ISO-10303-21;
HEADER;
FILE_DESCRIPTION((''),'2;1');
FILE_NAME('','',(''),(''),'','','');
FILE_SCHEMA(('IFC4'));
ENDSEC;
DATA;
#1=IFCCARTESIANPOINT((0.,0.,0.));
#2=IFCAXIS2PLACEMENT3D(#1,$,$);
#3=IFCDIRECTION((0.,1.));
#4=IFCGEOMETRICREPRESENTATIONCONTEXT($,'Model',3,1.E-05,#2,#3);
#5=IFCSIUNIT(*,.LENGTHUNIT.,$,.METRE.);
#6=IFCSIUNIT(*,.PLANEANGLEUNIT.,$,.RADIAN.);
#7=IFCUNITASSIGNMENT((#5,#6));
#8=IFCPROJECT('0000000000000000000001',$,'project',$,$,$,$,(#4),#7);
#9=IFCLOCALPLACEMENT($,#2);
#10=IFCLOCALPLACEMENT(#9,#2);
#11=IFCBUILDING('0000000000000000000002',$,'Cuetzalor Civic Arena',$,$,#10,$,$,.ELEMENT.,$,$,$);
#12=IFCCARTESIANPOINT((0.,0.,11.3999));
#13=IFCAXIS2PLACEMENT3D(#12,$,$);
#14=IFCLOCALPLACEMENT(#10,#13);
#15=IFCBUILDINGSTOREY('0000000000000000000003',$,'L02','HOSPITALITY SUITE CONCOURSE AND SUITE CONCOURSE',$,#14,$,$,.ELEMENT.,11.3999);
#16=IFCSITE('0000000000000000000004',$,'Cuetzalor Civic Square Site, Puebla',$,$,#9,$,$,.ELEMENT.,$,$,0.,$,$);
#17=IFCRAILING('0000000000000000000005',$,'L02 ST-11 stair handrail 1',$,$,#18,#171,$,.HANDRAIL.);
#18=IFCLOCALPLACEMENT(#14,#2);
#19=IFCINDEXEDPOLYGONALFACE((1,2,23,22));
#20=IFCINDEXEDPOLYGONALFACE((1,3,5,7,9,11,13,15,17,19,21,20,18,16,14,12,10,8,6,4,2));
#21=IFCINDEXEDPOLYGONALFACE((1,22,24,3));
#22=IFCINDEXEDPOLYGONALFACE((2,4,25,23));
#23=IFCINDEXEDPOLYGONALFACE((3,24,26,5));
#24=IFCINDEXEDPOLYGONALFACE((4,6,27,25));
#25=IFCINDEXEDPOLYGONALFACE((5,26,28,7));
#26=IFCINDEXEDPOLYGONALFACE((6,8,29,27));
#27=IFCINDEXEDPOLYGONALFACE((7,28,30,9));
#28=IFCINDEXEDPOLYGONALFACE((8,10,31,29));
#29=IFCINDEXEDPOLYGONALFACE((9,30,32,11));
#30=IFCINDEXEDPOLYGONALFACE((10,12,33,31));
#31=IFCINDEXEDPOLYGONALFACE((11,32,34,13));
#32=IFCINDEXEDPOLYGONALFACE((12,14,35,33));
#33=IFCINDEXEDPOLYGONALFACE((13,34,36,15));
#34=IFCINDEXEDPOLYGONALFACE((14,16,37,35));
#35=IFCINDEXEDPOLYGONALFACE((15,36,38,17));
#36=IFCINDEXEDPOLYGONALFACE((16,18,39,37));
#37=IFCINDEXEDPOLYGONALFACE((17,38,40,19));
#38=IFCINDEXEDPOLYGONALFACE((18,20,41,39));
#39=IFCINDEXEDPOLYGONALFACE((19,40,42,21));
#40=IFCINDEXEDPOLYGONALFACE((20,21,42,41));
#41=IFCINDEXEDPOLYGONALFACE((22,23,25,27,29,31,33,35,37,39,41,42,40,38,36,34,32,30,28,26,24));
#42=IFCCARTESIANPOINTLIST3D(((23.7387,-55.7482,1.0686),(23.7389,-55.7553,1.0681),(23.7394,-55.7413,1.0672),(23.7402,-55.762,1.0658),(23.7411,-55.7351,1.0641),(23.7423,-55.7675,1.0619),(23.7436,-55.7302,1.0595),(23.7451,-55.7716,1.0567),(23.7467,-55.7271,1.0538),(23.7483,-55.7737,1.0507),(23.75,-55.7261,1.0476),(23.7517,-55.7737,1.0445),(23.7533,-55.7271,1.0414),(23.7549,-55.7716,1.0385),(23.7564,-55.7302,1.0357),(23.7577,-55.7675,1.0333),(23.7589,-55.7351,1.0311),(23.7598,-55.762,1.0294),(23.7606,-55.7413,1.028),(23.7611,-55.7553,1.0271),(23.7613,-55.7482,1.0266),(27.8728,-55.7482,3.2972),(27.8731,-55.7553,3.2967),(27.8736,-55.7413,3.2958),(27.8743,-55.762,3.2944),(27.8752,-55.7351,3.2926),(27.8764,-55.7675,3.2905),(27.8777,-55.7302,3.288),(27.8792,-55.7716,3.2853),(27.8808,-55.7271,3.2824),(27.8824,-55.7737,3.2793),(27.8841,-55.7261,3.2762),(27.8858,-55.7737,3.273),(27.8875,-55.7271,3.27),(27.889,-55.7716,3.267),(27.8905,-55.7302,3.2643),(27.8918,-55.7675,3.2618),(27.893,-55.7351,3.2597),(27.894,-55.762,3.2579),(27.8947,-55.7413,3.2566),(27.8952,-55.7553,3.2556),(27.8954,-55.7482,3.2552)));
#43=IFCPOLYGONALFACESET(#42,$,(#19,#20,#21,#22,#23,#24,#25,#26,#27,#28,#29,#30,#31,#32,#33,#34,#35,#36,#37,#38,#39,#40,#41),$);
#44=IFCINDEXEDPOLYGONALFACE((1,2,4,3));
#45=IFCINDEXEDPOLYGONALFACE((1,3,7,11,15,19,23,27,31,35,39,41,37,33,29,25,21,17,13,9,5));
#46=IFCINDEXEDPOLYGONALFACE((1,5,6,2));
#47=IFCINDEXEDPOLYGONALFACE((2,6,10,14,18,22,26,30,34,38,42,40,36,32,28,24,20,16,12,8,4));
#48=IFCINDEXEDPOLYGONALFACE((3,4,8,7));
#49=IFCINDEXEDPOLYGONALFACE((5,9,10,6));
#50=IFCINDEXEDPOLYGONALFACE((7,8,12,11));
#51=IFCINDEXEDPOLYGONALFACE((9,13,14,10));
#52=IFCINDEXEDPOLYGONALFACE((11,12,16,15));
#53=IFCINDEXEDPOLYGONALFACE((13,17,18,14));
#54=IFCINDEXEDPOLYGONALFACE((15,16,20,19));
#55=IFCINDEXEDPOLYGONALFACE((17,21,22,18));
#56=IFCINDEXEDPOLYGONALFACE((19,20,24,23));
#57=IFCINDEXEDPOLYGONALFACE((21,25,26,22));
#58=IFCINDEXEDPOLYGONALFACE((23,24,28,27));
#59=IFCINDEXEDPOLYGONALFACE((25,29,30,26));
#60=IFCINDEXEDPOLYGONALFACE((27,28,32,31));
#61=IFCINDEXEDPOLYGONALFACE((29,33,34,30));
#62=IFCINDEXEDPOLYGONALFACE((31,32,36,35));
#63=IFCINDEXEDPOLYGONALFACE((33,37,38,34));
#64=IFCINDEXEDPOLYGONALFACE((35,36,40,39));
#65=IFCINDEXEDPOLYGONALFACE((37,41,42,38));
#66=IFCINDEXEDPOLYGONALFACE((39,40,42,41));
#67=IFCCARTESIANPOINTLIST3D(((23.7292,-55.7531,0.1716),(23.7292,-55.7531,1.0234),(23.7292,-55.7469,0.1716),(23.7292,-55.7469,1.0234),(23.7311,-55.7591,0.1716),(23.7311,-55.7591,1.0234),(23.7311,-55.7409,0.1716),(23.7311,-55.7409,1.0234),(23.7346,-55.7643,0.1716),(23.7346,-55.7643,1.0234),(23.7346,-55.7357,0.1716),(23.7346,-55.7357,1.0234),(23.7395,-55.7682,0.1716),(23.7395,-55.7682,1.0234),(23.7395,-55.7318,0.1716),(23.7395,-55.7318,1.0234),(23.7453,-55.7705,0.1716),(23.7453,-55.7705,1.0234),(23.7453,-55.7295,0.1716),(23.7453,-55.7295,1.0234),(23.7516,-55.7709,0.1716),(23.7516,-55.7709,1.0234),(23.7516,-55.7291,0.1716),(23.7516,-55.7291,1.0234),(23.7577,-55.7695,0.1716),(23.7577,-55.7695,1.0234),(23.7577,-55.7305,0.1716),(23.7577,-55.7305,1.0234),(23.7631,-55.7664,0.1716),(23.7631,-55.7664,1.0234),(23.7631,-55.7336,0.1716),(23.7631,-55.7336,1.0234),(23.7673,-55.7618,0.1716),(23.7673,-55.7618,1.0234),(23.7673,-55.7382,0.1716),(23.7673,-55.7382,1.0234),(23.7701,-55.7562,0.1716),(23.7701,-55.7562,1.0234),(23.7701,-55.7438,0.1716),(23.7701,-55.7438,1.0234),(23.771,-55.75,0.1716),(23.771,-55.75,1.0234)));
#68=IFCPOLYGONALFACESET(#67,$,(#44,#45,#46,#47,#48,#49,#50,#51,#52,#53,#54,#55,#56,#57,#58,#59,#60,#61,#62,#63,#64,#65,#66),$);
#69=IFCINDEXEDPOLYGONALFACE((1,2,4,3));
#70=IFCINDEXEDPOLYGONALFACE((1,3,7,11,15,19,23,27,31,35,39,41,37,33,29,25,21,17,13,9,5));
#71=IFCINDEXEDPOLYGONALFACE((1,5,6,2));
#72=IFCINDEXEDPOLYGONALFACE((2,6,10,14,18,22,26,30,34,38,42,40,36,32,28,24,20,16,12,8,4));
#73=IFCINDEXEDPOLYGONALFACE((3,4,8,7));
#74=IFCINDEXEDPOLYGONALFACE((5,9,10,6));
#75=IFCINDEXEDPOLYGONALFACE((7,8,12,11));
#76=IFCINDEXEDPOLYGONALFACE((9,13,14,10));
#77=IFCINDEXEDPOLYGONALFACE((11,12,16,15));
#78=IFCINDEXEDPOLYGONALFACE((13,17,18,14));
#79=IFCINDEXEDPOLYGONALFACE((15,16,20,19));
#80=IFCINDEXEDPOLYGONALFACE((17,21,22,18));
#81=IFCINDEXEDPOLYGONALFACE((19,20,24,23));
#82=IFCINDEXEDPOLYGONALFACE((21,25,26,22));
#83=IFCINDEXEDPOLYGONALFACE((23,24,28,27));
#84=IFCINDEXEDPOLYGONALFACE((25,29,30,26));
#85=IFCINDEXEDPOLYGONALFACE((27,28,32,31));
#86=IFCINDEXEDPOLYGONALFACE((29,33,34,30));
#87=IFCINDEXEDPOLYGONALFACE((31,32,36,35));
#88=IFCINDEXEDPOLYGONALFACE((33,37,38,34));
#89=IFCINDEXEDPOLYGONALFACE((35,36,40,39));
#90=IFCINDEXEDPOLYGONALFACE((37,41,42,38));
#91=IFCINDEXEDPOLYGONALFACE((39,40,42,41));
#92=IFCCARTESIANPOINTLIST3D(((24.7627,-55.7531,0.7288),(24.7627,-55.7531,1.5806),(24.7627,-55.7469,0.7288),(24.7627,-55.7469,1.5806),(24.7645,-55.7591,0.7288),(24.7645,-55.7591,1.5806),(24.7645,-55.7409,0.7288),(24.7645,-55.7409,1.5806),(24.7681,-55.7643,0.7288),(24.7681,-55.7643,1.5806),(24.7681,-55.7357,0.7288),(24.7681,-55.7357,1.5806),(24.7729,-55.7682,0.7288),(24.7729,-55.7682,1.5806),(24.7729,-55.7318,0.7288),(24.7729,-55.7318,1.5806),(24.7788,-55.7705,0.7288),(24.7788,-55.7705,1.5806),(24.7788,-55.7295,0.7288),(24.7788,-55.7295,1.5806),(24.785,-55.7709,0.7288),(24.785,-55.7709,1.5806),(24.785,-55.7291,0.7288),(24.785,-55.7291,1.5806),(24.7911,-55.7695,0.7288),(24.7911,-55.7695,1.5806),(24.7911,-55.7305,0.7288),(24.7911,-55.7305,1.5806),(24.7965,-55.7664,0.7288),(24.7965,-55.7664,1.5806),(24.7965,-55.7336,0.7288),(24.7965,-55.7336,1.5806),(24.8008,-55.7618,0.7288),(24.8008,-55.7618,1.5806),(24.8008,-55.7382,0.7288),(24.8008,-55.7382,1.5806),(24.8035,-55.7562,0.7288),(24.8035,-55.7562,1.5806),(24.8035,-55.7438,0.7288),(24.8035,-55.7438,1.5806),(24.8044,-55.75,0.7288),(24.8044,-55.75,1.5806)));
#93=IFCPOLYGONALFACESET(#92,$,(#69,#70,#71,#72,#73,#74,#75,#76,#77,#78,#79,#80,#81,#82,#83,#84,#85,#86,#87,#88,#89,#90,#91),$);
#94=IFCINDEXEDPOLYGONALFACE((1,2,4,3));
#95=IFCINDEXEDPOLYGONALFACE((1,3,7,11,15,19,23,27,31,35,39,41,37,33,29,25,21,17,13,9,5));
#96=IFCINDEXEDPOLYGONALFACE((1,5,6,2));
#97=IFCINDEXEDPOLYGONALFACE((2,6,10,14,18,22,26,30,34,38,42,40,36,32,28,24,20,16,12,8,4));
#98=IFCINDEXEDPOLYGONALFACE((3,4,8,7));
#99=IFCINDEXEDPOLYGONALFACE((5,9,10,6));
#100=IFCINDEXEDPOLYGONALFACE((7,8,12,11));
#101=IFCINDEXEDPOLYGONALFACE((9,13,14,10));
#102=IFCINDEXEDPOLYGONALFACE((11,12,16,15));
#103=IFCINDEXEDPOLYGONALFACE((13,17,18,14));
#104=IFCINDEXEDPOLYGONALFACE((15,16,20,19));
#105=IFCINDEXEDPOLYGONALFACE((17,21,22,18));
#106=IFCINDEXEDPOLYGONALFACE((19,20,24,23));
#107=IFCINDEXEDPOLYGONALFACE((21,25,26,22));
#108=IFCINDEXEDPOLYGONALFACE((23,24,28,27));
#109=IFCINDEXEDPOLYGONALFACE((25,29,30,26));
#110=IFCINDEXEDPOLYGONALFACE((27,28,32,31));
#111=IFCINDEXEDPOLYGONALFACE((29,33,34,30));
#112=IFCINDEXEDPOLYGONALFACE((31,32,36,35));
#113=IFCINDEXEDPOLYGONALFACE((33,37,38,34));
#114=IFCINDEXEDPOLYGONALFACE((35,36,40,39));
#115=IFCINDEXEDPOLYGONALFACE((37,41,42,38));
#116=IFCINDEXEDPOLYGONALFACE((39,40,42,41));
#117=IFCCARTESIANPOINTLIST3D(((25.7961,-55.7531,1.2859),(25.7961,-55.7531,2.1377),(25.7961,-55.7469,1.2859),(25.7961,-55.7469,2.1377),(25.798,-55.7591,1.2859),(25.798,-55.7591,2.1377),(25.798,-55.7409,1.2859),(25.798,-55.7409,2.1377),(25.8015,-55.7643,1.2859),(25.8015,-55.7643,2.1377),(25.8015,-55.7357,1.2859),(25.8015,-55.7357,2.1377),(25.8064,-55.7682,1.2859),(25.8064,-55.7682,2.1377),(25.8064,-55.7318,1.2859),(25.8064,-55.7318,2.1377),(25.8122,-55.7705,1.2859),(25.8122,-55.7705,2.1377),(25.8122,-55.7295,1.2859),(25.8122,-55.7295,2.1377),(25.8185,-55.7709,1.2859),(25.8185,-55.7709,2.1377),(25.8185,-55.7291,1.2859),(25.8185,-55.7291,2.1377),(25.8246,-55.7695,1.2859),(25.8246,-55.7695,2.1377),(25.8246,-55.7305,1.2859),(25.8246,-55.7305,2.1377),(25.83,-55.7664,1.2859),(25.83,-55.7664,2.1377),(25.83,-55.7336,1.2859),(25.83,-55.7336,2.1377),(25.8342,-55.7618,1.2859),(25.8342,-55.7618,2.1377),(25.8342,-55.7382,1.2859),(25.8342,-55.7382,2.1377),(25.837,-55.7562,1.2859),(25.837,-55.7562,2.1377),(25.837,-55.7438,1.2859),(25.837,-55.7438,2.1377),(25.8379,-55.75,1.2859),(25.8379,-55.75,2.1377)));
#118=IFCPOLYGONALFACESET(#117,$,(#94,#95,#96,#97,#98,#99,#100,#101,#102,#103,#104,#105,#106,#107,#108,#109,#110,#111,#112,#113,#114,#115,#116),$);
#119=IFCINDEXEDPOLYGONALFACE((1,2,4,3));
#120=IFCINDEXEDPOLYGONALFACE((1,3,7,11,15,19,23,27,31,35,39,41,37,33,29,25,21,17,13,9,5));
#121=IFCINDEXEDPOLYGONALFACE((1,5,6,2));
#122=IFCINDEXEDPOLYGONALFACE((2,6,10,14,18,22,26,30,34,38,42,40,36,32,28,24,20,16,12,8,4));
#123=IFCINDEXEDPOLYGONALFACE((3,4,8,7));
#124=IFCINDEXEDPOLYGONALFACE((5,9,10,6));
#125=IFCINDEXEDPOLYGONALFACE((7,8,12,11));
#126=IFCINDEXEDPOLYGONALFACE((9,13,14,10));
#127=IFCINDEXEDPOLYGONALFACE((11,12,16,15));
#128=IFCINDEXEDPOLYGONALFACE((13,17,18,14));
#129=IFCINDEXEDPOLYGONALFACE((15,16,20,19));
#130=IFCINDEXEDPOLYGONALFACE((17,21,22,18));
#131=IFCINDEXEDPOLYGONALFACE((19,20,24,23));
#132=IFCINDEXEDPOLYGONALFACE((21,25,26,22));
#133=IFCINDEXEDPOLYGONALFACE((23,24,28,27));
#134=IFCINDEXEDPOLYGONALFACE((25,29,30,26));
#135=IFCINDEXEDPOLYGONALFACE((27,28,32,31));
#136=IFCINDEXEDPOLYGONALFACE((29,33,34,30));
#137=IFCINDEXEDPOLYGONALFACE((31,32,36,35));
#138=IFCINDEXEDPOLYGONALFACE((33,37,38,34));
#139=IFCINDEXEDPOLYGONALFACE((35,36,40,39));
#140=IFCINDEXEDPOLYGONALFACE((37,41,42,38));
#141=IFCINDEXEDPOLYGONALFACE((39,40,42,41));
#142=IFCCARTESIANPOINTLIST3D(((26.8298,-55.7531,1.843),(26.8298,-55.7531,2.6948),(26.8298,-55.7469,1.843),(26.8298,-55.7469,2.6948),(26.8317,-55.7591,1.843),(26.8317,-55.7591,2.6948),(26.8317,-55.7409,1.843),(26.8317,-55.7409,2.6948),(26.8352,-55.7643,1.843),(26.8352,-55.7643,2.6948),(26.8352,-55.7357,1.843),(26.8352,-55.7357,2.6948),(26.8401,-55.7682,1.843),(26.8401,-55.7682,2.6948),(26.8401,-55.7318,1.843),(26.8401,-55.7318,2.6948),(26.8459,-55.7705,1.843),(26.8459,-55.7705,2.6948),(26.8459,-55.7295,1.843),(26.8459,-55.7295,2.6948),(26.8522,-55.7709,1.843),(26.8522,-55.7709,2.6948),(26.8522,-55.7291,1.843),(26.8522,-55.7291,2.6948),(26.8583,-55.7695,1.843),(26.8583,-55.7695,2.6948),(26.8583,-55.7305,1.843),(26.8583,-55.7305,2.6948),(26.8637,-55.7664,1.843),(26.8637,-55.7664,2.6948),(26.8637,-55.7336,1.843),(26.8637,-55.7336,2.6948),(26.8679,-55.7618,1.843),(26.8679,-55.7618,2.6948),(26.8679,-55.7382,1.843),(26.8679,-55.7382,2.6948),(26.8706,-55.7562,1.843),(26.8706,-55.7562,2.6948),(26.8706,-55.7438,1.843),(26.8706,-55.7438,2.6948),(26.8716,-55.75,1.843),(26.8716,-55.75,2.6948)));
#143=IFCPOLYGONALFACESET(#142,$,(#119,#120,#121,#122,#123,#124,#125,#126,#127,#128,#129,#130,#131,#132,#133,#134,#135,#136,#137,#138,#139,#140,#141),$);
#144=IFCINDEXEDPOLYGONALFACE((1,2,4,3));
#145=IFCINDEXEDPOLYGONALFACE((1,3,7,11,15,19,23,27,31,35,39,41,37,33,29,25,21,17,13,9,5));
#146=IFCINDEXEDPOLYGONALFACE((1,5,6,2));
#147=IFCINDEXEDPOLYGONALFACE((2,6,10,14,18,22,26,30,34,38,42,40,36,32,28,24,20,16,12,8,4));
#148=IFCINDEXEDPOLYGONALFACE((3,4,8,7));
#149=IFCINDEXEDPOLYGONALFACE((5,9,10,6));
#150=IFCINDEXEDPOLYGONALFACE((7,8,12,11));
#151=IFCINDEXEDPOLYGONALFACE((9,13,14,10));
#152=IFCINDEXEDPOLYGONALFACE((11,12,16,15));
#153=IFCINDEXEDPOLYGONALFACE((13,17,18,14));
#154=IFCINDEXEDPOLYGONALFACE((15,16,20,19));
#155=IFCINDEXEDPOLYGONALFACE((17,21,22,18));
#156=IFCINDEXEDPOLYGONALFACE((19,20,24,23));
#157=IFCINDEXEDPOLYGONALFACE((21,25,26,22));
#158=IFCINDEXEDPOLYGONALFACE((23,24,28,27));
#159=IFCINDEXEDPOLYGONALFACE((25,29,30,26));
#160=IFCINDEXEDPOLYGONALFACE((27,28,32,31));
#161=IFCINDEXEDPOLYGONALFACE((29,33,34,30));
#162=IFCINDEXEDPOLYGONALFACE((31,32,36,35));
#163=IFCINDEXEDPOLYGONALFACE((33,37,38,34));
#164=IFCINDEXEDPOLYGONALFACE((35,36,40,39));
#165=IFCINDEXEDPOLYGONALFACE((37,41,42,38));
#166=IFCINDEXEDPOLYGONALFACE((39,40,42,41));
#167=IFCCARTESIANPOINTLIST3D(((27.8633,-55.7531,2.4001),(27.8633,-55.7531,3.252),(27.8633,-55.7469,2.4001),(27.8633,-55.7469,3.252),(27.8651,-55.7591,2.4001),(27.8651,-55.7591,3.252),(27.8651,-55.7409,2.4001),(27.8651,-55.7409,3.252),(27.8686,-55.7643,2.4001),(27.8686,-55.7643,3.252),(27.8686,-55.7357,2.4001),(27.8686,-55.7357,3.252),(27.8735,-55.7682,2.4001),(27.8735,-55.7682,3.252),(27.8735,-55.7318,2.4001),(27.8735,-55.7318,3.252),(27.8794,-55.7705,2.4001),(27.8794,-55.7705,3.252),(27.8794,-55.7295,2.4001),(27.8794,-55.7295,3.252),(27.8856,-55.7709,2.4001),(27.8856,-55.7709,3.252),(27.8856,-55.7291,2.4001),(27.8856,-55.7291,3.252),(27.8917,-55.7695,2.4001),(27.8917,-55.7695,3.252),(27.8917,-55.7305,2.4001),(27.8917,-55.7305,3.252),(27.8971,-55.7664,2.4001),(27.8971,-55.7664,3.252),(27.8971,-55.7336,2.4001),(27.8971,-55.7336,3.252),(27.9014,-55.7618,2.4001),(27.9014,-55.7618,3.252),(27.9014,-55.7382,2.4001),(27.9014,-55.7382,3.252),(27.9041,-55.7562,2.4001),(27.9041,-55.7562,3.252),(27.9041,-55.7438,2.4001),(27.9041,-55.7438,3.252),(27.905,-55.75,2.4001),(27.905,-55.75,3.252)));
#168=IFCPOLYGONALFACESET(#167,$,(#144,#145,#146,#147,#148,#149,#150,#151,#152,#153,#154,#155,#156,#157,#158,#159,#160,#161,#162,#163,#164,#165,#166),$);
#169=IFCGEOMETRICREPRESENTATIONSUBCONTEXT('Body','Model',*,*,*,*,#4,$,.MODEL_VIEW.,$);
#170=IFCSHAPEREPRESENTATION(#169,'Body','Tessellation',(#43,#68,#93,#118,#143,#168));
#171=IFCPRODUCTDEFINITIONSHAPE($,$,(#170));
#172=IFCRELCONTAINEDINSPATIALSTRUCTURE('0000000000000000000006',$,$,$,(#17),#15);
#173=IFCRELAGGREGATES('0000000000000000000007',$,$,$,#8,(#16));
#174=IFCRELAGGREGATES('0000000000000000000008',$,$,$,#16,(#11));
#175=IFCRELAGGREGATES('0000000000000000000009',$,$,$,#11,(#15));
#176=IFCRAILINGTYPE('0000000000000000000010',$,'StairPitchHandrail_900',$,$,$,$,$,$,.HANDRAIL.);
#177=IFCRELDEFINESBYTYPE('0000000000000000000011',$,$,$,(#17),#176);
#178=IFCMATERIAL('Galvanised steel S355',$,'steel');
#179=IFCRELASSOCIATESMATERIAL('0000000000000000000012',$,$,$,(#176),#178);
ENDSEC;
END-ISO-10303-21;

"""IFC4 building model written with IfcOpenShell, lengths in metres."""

from ifc_helpers import new_model, si_unit, direction, frame, origin, origin_2d, place, context, subcontext, project, spatial, circle, extrude, material, type_object, element, save


model = new_model("IFC4")

# Units and contexts
model_context = context("Model", 3, precision=1e-05, world=origin(), true_north=direction((0.0, 1.0)))
body_context = subcontext(model_context, "Body", "Model", "MODEL_VIEW")
ifc_project = project(units=[si_unit("LENGTHUNIT", "METRE"), si_unit("PLANEANGLEUNIT", "RADIAN")], contexts=[model_context])

# Site, building, storey
site_placement = place(None, origin())
site = spatial("IfcSite", under=ifc_project, at=site_placement, Name="Cuetzalor Civic Square Site, Puebla", CompositionType="ELEMENT", RefElevation=0.0)
building_placement = place(site_placement, origin())
building = spatial("IfcBuilding", under=site, at=building_placement, Name="Cuetzalor Civic Arena", CompositionType="ELEMENT")
storey_placement = place(building_placement, frame((0.0, 0.0, 11.3999)))
storey = spatial("IfcBuildingStorey", under=building, at=storey_placement, Name="L02", Description="HOSPITALITY SUITE CONCOURSE AND SUITE CONCOURSE", CompositionType="ELEMENT", Elevation=11.3999)

# Railing
ifc_material_1 = material(Name="Galvanised steel S355", Category="steel")
railing_type_1 = type_object("IfcRailingType", Name="StairPitchHandrail_900", PredefinedType="HANDRAIL", material=ifc_material_1)
railing_1_placement = place(storey_placement, frame((23.75, -55.75, 0.1716)))
element("IfcRailing", 1, at=railing_1_placement, inside=storey, type_object=railing_type_1, Name="L02 ST-11 stair handrail 1", PredefinedType="HANDRAIL", context=body_context, shape_type="SweptSolid", body=[
    extrude(circle(Radius=0.0239, at=origin_2d()), frame((0.0, 0.0, 0.876), z_axis=(0.880249, 0.0, 0.474512), x_axis=(0.0, 1.0, 0.0)), (0.0, 0.0, 1.0), 4.6965),
    extrude(circle(Radius=0.021, at=origin_2d()), origin(), (0.0, 0.0, 1.0), 0.8518),
    extrude(circle(Radius=0.021, at=origin_2d()), frame((1.0334, 0.0, 0.5571)), (0.0, 0.0, 1.0), 0.8518),
    extrude(circle(Radius=0.021, at=origin_2d()), frame((2.0669, 0.0, 1.1143)), (0.0, 0.0, 1.0), 0.8518),
    extrude(circle(Radius=0.021, at=origin_2d()), frame((3.1006, 0.0, 1.6714)), (0.0, 0.0, 1.0), 0.8518),
    extrude(circle(Radius=0.021, at=origin_2d()), frame((4.134, 0.0, 2.2285)), (0.0, 0.0, 1.0), 0.8518),
])

save(model, "model.ifc")
